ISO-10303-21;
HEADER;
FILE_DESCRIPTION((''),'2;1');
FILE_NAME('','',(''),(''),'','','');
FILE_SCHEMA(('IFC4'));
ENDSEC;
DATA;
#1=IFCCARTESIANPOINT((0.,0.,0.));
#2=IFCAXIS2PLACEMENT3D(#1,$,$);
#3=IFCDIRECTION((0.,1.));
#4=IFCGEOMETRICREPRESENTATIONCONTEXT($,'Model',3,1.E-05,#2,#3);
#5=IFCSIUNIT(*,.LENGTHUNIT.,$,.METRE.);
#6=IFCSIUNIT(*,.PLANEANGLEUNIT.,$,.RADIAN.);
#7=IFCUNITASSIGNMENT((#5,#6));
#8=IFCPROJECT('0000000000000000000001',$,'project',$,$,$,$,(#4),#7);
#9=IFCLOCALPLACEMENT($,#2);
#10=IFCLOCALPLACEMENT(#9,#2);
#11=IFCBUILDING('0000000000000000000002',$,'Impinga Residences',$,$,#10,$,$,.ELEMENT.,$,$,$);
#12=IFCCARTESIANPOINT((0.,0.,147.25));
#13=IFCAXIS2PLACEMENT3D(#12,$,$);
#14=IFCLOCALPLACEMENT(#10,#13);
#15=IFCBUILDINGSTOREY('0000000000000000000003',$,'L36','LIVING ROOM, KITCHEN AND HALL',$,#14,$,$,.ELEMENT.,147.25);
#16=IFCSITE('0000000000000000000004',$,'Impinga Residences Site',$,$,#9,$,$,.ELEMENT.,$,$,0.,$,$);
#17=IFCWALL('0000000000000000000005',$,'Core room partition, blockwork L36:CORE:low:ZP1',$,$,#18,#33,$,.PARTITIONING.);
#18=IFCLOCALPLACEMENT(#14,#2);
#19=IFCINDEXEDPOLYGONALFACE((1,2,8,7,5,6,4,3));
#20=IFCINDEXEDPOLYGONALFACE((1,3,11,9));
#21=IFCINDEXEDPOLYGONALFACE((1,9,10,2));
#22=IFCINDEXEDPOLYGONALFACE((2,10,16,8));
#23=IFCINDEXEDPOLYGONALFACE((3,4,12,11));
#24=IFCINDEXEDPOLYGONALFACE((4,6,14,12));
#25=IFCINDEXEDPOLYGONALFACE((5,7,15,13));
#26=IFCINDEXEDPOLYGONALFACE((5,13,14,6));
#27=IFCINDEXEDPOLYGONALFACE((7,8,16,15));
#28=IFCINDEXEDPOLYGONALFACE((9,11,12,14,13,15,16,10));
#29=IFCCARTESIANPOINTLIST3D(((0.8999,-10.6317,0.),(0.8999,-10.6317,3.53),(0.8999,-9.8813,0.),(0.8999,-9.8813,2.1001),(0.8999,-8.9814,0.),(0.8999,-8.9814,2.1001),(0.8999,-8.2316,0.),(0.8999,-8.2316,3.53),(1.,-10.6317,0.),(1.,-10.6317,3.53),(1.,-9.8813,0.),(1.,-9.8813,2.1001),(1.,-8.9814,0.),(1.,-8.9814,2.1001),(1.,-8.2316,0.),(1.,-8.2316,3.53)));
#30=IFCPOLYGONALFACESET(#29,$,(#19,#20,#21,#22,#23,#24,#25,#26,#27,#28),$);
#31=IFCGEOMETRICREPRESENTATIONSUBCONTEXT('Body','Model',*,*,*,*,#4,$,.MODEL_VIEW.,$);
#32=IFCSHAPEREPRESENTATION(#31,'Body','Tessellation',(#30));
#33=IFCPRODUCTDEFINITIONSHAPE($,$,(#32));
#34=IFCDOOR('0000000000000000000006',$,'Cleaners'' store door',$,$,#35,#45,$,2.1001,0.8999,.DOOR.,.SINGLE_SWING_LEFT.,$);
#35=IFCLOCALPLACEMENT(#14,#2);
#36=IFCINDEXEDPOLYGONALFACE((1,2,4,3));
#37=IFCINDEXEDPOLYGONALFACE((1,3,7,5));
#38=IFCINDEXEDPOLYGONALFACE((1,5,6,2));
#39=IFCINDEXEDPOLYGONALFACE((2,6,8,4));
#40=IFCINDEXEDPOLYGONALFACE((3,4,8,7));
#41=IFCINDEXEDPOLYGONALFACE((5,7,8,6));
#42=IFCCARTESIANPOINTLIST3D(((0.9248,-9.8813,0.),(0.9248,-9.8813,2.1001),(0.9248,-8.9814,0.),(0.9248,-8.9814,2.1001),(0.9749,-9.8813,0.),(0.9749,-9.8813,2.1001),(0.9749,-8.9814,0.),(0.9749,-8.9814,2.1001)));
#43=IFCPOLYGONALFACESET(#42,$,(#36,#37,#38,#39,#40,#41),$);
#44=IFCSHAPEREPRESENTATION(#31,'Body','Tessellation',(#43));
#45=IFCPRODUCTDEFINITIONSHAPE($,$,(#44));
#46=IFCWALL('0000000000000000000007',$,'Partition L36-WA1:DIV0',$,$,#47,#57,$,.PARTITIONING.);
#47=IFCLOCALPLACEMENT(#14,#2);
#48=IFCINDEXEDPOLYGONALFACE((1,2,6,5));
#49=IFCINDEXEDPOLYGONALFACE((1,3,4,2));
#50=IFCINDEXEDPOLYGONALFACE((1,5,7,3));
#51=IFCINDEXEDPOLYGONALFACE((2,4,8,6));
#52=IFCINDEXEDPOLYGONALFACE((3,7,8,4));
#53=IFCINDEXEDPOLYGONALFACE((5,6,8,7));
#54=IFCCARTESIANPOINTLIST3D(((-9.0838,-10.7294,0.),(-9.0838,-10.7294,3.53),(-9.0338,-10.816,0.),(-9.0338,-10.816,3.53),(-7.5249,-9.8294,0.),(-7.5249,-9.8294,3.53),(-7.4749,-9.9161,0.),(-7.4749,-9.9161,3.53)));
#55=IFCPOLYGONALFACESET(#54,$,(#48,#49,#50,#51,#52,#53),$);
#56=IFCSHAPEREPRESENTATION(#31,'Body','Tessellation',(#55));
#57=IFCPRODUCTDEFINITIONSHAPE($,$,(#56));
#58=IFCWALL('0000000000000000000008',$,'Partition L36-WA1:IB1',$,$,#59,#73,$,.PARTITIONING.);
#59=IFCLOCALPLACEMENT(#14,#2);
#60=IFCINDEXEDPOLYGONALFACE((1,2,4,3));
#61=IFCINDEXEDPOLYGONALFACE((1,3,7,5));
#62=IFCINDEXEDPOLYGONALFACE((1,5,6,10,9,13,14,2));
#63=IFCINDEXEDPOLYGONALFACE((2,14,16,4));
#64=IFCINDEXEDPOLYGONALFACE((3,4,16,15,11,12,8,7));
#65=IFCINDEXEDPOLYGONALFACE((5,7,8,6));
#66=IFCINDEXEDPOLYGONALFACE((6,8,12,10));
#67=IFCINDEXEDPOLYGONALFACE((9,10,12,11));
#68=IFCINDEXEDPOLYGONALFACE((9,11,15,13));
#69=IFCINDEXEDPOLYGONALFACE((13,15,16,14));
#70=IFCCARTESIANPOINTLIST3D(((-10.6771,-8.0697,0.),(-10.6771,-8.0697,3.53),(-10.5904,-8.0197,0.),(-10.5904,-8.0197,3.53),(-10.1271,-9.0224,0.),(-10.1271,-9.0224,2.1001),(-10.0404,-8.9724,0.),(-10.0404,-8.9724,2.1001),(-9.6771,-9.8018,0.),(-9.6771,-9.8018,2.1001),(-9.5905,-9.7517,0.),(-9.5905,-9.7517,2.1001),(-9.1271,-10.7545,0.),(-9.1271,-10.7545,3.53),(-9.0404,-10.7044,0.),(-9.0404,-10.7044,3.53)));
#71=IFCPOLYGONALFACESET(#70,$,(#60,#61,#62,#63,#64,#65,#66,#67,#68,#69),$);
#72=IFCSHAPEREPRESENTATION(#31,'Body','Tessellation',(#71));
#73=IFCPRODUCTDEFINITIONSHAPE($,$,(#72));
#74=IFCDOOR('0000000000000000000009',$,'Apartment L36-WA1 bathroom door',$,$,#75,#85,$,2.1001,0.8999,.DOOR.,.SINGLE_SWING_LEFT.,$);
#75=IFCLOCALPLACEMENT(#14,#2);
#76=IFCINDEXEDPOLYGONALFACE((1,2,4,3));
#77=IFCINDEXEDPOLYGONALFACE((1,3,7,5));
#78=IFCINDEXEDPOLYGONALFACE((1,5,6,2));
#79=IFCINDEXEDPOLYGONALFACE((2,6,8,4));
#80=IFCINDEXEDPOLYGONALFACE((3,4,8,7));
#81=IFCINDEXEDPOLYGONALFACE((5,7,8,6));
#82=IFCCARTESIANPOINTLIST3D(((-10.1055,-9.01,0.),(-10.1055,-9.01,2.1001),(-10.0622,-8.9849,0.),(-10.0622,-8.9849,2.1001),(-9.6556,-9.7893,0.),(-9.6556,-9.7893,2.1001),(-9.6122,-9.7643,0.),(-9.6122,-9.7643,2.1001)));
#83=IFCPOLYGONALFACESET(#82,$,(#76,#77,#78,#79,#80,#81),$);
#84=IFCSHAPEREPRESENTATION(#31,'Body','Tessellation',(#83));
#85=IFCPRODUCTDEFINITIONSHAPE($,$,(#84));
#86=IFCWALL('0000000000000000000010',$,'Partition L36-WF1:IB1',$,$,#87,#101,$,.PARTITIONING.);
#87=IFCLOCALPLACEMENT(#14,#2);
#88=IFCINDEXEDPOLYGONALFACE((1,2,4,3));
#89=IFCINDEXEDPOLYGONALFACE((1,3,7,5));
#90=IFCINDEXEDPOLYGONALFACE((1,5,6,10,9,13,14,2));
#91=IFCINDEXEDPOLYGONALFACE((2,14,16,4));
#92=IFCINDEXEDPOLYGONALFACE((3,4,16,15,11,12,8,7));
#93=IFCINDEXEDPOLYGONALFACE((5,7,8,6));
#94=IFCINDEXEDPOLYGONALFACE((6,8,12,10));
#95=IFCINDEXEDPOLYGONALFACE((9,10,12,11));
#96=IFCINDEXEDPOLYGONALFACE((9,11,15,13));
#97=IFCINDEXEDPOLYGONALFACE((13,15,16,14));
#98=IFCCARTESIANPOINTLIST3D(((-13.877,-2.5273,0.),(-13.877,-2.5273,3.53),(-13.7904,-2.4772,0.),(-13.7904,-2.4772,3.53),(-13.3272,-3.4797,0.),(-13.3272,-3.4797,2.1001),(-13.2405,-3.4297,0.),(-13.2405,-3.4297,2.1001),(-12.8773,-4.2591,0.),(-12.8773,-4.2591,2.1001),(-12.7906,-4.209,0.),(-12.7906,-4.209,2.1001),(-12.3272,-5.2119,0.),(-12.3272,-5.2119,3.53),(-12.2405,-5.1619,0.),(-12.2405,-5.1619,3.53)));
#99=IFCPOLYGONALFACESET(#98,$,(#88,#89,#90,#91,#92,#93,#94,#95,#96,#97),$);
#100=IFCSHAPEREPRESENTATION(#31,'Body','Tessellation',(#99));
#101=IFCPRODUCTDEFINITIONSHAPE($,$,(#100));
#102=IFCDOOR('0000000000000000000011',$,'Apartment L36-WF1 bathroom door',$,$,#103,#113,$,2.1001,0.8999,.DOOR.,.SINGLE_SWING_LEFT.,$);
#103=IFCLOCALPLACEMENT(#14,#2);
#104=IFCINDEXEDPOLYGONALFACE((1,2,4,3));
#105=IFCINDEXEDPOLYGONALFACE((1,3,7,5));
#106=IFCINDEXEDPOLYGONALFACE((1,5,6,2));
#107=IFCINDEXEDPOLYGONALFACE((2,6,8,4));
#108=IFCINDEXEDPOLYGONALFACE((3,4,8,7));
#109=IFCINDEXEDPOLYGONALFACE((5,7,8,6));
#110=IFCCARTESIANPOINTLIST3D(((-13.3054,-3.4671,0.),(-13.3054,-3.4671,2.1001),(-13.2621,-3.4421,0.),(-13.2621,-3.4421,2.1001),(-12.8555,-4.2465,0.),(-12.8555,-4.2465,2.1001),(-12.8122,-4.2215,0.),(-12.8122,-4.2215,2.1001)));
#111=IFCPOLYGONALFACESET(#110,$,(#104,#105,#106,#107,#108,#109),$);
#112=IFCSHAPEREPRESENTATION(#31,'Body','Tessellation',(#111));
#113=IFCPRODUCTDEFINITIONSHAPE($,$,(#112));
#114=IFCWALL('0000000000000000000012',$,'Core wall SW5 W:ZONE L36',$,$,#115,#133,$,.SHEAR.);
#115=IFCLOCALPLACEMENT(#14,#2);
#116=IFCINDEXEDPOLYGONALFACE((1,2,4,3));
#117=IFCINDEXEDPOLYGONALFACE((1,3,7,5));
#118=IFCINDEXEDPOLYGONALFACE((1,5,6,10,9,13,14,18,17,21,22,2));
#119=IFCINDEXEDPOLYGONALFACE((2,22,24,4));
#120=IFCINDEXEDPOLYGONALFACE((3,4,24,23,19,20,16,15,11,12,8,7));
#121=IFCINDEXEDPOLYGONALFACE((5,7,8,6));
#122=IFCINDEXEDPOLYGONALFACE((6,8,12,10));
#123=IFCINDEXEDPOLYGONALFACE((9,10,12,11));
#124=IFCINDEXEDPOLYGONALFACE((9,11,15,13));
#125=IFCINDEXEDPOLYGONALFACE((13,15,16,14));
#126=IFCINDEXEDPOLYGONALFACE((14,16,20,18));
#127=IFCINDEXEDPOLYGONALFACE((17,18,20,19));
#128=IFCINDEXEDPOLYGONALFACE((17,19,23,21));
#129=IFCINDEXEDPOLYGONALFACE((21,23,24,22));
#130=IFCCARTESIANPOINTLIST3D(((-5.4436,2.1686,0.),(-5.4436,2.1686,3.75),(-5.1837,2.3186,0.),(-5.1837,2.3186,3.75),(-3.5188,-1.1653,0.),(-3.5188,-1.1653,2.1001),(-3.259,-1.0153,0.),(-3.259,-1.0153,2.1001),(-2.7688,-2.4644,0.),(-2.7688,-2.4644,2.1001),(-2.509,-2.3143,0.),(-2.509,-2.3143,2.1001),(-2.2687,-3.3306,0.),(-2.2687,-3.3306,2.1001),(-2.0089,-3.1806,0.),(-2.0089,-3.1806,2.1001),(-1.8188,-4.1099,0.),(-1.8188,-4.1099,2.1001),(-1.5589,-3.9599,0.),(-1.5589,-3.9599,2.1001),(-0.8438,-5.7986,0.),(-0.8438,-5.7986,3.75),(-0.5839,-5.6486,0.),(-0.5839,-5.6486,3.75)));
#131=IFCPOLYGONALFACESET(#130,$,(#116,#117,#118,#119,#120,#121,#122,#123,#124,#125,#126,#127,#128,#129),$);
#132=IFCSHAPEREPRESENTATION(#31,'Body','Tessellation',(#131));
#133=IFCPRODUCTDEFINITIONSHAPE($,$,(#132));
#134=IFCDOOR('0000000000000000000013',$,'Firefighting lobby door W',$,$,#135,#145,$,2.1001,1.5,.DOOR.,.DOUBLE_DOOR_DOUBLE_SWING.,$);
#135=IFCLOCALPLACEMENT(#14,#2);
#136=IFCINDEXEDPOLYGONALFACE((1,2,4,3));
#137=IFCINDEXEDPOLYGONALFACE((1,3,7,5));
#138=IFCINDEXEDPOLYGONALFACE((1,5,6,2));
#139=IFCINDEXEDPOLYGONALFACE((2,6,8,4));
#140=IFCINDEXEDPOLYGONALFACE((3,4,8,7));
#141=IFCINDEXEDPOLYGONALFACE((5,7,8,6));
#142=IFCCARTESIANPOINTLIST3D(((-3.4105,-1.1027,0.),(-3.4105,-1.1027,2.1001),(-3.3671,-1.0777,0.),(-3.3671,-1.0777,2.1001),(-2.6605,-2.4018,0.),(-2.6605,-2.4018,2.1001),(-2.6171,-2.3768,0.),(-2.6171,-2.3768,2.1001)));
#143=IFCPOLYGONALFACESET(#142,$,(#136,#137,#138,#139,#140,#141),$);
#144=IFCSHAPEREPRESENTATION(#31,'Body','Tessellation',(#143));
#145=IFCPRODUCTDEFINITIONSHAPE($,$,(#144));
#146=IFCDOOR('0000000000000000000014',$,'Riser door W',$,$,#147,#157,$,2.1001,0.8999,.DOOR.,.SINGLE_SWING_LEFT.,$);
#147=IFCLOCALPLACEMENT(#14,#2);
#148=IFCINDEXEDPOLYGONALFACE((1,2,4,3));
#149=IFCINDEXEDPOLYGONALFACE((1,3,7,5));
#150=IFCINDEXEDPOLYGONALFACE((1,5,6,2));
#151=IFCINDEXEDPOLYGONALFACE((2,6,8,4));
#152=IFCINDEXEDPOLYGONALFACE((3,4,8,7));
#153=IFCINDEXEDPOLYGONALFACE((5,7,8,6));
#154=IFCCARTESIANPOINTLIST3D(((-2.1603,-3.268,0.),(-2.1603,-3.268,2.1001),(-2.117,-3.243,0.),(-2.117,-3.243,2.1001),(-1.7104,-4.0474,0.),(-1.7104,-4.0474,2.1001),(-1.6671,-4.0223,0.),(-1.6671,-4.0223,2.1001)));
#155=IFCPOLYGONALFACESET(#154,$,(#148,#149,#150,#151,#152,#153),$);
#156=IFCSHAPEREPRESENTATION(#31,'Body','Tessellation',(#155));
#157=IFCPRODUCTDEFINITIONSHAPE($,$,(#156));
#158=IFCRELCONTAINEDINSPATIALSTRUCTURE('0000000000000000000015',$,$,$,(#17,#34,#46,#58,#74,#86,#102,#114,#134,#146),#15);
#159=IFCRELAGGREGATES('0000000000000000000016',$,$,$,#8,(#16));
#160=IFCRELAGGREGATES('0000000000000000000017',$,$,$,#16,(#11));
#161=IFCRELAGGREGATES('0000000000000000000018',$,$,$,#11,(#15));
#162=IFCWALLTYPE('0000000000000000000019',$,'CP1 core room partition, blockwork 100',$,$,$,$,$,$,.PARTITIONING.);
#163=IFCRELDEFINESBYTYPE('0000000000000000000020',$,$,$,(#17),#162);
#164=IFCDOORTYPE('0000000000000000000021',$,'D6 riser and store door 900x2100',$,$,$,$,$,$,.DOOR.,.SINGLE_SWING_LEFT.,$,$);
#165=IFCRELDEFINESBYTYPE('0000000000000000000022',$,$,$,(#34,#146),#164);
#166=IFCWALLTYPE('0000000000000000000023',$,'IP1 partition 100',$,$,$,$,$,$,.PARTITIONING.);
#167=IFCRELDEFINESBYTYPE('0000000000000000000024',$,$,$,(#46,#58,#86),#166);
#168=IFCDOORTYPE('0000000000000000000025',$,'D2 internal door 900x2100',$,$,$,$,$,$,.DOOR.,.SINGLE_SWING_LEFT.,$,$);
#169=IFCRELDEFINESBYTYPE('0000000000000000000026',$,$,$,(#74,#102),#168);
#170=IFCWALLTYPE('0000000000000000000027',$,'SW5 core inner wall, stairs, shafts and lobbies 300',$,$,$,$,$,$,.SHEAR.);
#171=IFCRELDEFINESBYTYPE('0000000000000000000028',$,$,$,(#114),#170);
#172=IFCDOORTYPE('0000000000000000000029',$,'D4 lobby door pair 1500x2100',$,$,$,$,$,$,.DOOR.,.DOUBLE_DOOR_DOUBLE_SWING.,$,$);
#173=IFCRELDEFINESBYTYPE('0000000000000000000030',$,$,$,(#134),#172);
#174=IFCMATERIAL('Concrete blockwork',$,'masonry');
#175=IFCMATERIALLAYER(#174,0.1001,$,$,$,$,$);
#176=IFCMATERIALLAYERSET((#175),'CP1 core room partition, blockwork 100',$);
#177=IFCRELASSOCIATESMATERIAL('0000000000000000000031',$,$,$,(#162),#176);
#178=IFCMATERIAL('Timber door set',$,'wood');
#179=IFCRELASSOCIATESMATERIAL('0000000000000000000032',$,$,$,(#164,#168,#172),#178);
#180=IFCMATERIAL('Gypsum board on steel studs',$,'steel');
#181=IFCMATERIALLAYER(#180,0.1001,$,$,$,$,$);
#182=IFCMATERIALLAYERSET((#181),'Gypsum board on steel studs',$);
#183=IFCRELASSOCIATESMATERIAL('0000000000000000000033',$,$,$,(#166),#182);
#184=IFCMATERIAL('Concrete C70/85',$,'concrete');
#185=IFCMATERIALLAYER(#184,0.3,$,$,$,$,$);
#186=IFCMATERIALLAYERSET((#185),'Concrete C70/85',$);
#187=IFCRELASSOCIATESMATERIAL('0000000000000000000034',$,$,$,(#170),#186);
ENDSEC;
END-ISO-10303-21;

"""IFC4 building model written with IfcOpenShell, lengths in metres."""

from ifc_helpers import new_model, si_unit, direction, frame, frame_2d, origin, place, context, subcontext, project, spatial, rectangle, extrude, material, layer, layer_set, type_object, element, fill, save


model = new_model("IFC4")

# Units and contexts
model_context = context("Model", 3, precision=1e-05, world=origin(), true_north=direction((0.0, 1.0)))
body_context = subcontext(model_context, "Body", "Model", "MODEL_VIEW")
ifc_project = project(units=[si_unit("LENGTHUNIT", "METRE"), si_unit("PLANEANGLEUNIT", "RADIAN")], contexts=[model_context])

# Site, building, storey
site_placement = place(None, origin())
site = spatial("IfcSite", under=ifc_project, at=site_placement, Name="Impinga Residences Site", CompositionType="ELEMENT", RefElevation=0.0)
building_placement = place(site_placement, origin())
building = spatial("IfcBuilding", under=site, at=building_placement, Name="Impinga Residences", CompositionType="ELEMENT")
storey_placement = place(building_placement, frame((0.0, 0.0, 147.25)))
storey = spatial("IfcBuildingStorey", under=building, at=storey_placement, Name="L36", Description="LIVING ROOM, KITCHEN AND HALL", CompositionType="ELEMENT", Elevation=147.25)

# Shared definitions
ifc_material_1 = material(Name="Timber door set", Category="wood")

# Wall, opening, door
ifc_material_2 = material(Name="Concrete blockwork", Category="masonry")
ifc_layer_1 = layer(ifc_material_2, 0.1001)
ifc_layer_set_1 = layer_set([ifc_layer_1], Name="CP1 core room partition, blockwork 100")
wall_type_1 = type_object("IfcWallType", Name="CP1 core room partition, blockwork 100", PredefinedType="PARTITIONING", material=ifc_layer_set_1)
wall_1_placement = place(storey_placement, frame((0.95, -8.2314, 0.0), z_axis=(0.0, 0.0, 1.0), x_axis=(0.0, -1.0, 0.0)))
wall_1 = element("IfcWall", 1, at=wall_1_placement, inside=storey, type_object=wall_type_1, Name="Core room partition, blockwork L36:CORE:low:ZP1", PredefinedType="PARTITIONING", context=body_context, shape_type="SweptSolid", body=[
    extrude(rectangle(XDim=2.4001, YDim=0.1001, at=frame_2d((1.2002, 0.0))), origin(), (0.0, 0.0, 1.0), 3.53),
])
opening_1_placement = place(wall_1_placement, frame((0.75, 0.0, 0.0)))
opening_1 = element("IfcOpeningElement", 2, at=opening_1_placement, cuts=wall_1, PredefinedType="OPENING", context=body_context, shape_type="SweptSolid", body=[
    extrude(rectangle(XDim=0.8999, YDim=2.1001, at=frame_2d((0.45, 1.05))), frame((0.0, 0.0601, 0.0), z_axis=(0.0, -1.0, 0.0), x_axis=(1.0, 0.0, 0.0)), (0.0, 0.0, 1.0), 0.1201),
])
door_type_1 = type_object("IfcDoorType", Name="D6 riser and store door 900x2100", OperationType="SINGLE_SWING_LEFT", PredefinedType="DOOR", material=ifc_material_1)
door_1_placement = place(opening_1_placement, origin())
door_1 = element("IfcDoor", 3, at=door_1_placement, inside=storey, type_object=door_type_1, Name="Cleaners' store door", OperationType="SINGLE_SWING_LEFT", OverallHeight=2.1001, OverallWidth=0.8999, PredefinedType="DOOR", context=body_context, shape_type="SweptSolid", body=[
    extrude(rectangle(XDim=0.8999, YDim=2.1001, at=frame_2d((0.45, 1.05))), frame((0.0, 0.0249, 0.0), z_axis=(0.0, -1.0, 0.0), x_axis=(1.0, 0.0, 0.0)), (0.0, 0.0, 1.0), 0.05),
])
fill(opening_1, door_1)

# Wall
ifc_material_3 = material(Name="Gypsum board on steel studs", Category="steel")
ifc_layer_2 = layer(ifc_material_3, 0.1001)
ifc_layer_set_2 = layer_set([ifc_layer_2], Name="Gypsum board on steel studs")
wall_type_2 = type_object("IfcWallType", Name="IP1 partition 100", PredefinedType="PARTITIONING", material=ifc_layer_set_2)
wall_2_placement = place(storey_placement, frame((-7.5, -9.8728, 0.0), z_axis=(0.0, 0.0, 1.0), x_axis=(-0.866048, -0.499961, 0.0)))
element("IfcWall", 4, at=wall_2_placement, inside=storey, type_object=wall_type_2, Name="Partition L36-WA1:DIV0", PredefinedType="PARTITIONING", context=body_context, shape_type="SweptSolid", body=[
    extrude(rectangle(XDim=1.8, YDim=0.1001, at=frame_2d((0.8999, 0.0))), origin(), (0.0, 0.0, 1.0), 3.53),
])

# Walls, openings, doors
wall_3_placement = place(storey_placement, frame((-10.6338, -8.0447, 0.0), z_axis=(0.0, 0.0, 1.0), x_axis=(0.499993, -0.86603, 0.0)))
wall_3 = element("IfcWall", 5, at=wall_3_placement, inside=storey, type_object=wall_type_2, Name="Partition L36-WA1:IB1", PredefinedType="PARTITIONING", context=body_context, shape_type="SweptSolid", body=[
    extrude(rectangle(XDim=3.1001, YDim=0.1001, at=frame_2d((1.55, 0.0))), origin(), (0.0, 0.0, 1.0), 3.53),
])
opening_2_placement = place(wall_3_placement, frame((1.1001, 0.0, 0.0)))
opening_2 = element("IfcOpeningElement", 6, at=opening_2_placement, cuts=wall_3, PredefinedType="OPENING", context=body_context, shape_type="SweptSolid", body=[
    extrude(rectangle(XDim=0.8999, YDim=2.1001, at=frame_2d((0.45, 1.05))), frame((0.0, 0.0601, 0.0), z_axis=(0.0, -1.0, 0.0), x_axis=(1.0, 0.0, 0.0)), (0.0, 0.0, 1.0), 0.1201),
])
door_type_2 = type_object("IfcDoorType", Name="D2 internal door 900x2100", OperationType="SINGLE_SWING_LEFT", PredefinedType="DOOR", material=ifc_material_1)
door_2_placement = place(opening_2_placement, origin())
door_2 = element("IfcDoor", 7, at=door_2_placement, inside=storey, type_object=door_type_2, Name="Apartment L36-WA1 bathroom door", OperationType="SINGLE_SWING_LEFT", OverallHeight=2.1001, OverallWidth=0.8999, PredefinedType="DOOR", context=body_context, shape_type="SweptSolid", body=[
    extrude(rectangle(XDim=0.8999, YDim=2.1001, at=frame_2d((0.45, 1.05))), frame((0.0, 0.0249, 0.0), z_axis=(0.0, -1.0, 0.0), x_axis=(1.0, 0.0, 0.0)), (0.0, 0.0, 1.0), 0.05),
])
fill(opening_2, door_2)
wall_4_placement = place(storey_placement, frame((-12.2839, -5.1868, 0.0), z_axis=(0.0, 0.0, 1.0), x_axis=(-0.499968, 0.866044, 0.0)))
wall_4 = element("IfcWall", 8, at=wall_4_placement, inside=storey, type_object=wall_type_2, Name="Partition L36-WF1:IB1", PredefinedType="PARTITIONING", context=body_context, shape_type="SweptSolid", body=[
    extrude(rectangle(XDim=3.0999, YDim=0.1001, at=frame_2d((1.5498, 0.0))), origin(), (0.0, 0.0, 1.0), 3.53),
])
opening_3_placement = place(wall_4_placement, frame((1.1001, 0.0, 0.0)))
opening_3 = element("IfcOpeningElement", 9, at=opening_3_placement, cuts=wall_4, PredefinedType="OPENING", context=body_context, shape_type="SweptSolid", body=[
    extrude(rectangle(XDim=0.8999, YDim=2.1001, at=frame_2d((0.45, 1.05))), frame((0.0, 0.0601, 0.0), z_axis=(0.0, -1.0, 0.0), x_axis=(1.0, 0.0, 0.0)), (0.0, 0.0, 1.0), 0.1201),
])
door_3_placement = place(opening_3_placement, origin())
door_3 = element("IfcDoor", 10, at=door_3_placement, inside=storey, type_object=door_type_2, Name="Apartment L36-WF1 bathroom door", OperationType="SINGLE_SWING_LEFT", OverallHeight=2.1001, OverallWidth=0.8999, PredefinedType="DOOR", context=body_context, shape_type="SweptSolid", body=[
    extrude(rectangle(XDim=0.8999, YDim=2.1001, at=frame_2d((0.45, 1.05))), frame((0.0, 0.0249, 0.0), z_axis=(0.0, -1.0, 0.0), x_axis=(1.0, 0.0, 0.0)), (0.0, 0.0, 1.0), 0.05),
])
fill(opening_3, door_3)

# Wall, openings, doors
ifc_material_4 = material(Name="Concrete C70/85", Category="concrete")
ifc_layer_3 = layer(ifc_material_4, 0.3)
ifc_layer_set_3 = layer_set([ifc_layer_3], Name="Concrete C70/85")
wall_type_3 = type_object("IfcWallType", Name="SW5 core inner wall, stairs, shafts and lobbies 300", PredefinedType="SHEAR", material=ifc_layer_set_3)
wall_5_placement = place(storey_placement, frame((-0.7139, -5.7236, 0.0), z_axis=(0.0, 0.0, 1.0), x_axis=(-0.499995, 0.866028, 0.0)))
wall_5 = element("IfcWall", 11, at=wall_5_placement, inside=storey, type_object=wall_type_3, Name="Core wall SW5 W:ZONE L36", PredefinedType="SHEAR", context=body_context, shape_type="SweptSolid", body=[
    extrude(rectangle(XDim=9.1997, YDim=0.3, at=frame_2d((4.5999, 0.0))), origin(), (0.0, 0.0, 1.0), 3.75),
])
opening_4_placement = place(wall_5_placement, frame((3.8501, 0.0, 0.0)))
opening_4 = element("IfcOpeningElement", 12, at=opening_4_placement, cuts=wall_5, PredefinedType="OPENING", context=body_context, shape_type="SweptSolid", body=[
    extrude(rectangle(XDim=1.5, YDim=2.1001, at=frame_2d((0.75, 1.05))), frame((0.0, 0.1599, 0.0), z_axis=(0.0, -1.0, 0.0), x_axis=(1.0, 0.0, 0.0)), (0.0, 0.0, 1.0), 0.3201),
])
opening_5_placement = place(wall_5_placement, frame((1.95, 0.0, 0.0)))
opening_5 = element("IfcOpeningElement", 13, at=opening_5_placement, cuts=wall_5, PredefinedType="OPENING", context=body_context, shape_type="SweptSolid", body=[
    extrude(rectangle(XDim=0.8999, YDim=2.1001, at=frame_2d((0.45, 1.05))), frame((0.0, 0.1599, 0.0), z_axis=(0.0, -1.0, 0.0), x_axis=(1.0, 0.0, 0.0)), (0.0, 0.0, 1.0), 0.3201),
])
door_type_3 = type_object("IfcDoorType", Name="D4 lobby door pair 1500x2100", OperationType="DOUBLE_DOOR_DOUBLE_SWING", PredefinedType="DOOR", material=ifc_material_1)
door_4_placement = place(opening_4_placement, origin())
door_4 = element("IfcDoor", 14, at=door_4_placement, inside=storey, type_object=door_type_3, Name="Firefighting lobby door W", OperationType="DOUBLE_DOOR_DOUBLE_SWING", OverallHeight=2.1001, OverallWidth=1.5, PredefinedType="DOOR", context=body_context, shape_type="SweptSolid", body=[
    extrude(rectangle(XDim=1.5, YDim=2.1001, at=frame_2d((0.75, 1.05))), frame((0.0, 0.0249, 0.0), z_axis=(0.0, -1.0, 0.0), x_axis=(1.0, 0.0, 0.0)), (0.0, 0.0, 1.0), 0.05),
])
fill(opening_4, door_4)
door_5_placement = place(opening_5_placement, origin())
door_5 = element("IfcDoor", 15, at=door_5_placement, inside=storey, type_object=door_type_1, Name="Riser door W", OperationType="SINGLE_SWING_LEFT", OverallHeight=2.1001, OverallWidth=0.8999, PredefinedType="DOOR", context=body_context, shape_type="SweptSolid", body=[
    extrude(rectangle(XDim=0.8999, YDim=2.1001, at=frame_2d((0.45, 1.05))), frame((0.0, 0.0249, 0.0), z_axis=(0.0, -1.0, 0.0), x_axis=(1.0, 0.0, 0.0)), (0.0, 0.0, 1.0), 0.05),
])
fill(opening_5, door_5)

save(model, "model.ifc")
